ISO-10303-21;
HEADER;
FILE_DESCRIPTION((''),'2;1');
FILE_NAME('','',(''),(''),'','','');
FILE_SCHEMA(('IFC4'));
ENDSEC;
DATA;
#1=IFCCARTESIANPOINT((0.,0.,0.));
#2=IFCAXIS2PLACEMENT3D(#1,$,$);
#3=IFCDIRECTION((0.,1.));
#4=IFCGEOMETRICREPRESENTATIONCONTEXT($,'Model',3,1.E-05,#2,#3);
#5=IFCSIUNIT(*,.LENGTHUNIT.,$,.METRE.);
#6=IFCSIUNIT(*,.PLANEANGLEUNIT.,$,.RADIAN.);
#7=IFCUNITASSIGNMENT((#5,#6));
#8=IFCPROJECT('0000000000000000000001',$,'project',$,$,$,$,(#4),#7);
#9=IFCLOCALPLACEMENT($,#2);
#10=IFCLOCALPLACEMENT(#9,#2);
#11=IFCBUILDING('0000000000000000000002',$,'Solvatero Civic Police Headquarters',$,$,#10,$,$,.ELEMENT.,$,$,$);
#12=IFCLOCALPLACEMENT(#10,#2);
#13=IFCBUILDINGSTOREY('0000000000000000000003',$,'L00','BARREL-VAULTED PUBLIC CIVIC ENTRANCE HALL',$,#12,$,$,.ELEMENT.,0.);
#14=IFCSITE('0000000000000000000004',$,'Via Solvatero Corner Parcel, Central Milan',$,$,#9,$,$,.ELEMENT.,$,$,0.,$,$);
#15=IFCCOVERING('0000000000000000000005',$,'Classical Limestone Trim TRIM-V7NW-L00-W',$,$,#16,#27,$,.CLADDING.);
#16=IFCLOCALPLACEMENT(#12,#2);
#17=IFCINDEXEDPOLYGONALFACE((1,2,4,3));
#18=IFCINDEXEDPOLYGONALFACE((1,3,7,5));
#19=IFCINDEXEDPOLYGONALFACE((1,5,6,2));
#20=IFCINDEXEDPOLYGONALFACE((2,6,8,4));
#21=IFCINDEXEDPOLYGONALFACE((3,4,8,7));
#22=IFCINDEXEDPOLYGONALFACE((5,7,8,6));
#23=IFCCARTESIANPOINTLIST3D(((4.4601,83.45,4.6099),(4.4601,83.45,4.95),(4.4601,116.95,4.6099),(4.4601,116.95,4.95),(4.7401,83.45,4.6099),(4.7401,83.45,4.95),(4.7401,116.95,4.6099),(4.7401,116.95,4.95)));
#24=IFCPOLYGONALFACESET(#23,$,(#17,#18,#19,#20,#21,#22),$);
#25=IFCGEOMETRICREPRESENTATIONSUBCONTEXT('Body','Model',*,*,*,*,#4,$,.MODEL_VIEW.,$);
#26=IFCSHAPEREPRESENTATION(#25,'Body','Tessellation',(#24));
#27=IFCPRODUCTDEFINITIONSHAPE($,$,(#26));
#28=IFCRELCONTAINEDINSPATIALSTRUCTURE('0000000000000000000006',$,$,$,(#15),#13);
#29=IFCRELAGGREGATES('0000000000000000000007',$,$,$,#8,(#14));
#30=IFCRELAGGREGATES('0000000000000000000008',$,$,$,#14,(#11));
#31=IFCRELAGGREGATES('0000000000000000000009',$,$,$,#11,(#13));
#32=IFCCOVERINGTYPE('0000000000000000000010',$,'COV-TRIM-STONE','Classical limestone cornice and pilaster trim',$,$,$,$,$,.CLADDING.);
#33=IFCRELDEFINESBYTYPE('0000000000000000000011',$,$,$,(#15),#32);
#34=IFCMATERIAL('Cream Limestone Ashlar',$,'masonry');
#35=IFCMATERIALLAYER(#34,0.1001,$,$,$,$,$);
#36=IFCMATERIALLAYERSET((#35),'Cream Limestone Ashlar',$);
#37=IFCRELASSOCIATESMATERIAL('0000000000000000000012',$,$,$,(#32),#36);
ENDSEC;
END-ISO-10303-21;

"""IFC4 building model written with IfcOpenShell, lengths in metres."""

from ifc_helpers import new_model, si_unit, direction, frame, origin, origin_2d, place, context, subcontext, project, spatial, rectangle, extrude, material, layer, layer_set, type_object, element, save


model = new_model("IFC4")

# Units and contexts
model_context = context("Model", 3, precision=1e-05, world=origin(), true_north=direction((0.0, 1.0)))
body_context = subcontext(model_context, "Body", "Model", "MODEL_VIEW")
ifc_project = project(units=[si_unit("LENGTHUNIT", "METRE"), si_unit("PLANEANGLEUNIT", "RADIAN")], contexts=[model_context])

# Site, building, storey
site_placement = place(None, origin())
site = spatial("IfcSite", under=ifc_project, at=site_placement, Name="Via Solvatero Corner Parcel, Central Milan", CompositionType="ELEMENT", RefElevation=0.0)
building_placement = place(site_placement, origin())
building = spatial("IfcBuilding", under=site, at=building_placement, Name="Solvatero Civic Police Headquarters", CompositionType="ELEMENT")
storey_placement = place(building_placement, origin())
storey = spatial("IfcBuildingStorey", under=building, at=storey_placement, Name="L00", Description="BARREL-VAULTED PUBLIC CIVIC ENTRANCE HALL", CompositionType="ELEMENT", Elevation=0.0)

# Covering
ifc_material_1 = material(Name="Cream Limestone Ashlar", Category="masonry")
ifc_layer_1 = layer(ifc_material_1, 0.1001)
ifc_layer_set_1 = layer_set([ifc_layer_1], Name="Cream Limestone Ashlar")
covering_type = type_object("IfcCoveringType", Name="COV-TRIM-STONE", Description="Classical limestone cornice and pilaster trim", PredefinedType="CLADDING", material=ifc_layer_set_1)
covering_placement = place(storey_placement, frame((4.6001, 100.2, 4.6099), z_axis=(0.0, 0.0, 1.0), x_axis=(1.0, 0.0, 0.0)))
element("IfcCovering", 1, at=covering_placement, inside=storey, type_object=covering_type, Name="Classical Limestone Trim TRIM-V7NW-L00-W", PredefinedType="CLADDING", context=body_context, shape_type="SweptSolid", body=[
    extrude(rectangle(XDim=0.28, YDim=33.5, at=origin_2d()), origin(), (0.0, 0.0, 1.0), 0.3401),
])

save(model, "model.ifc")
